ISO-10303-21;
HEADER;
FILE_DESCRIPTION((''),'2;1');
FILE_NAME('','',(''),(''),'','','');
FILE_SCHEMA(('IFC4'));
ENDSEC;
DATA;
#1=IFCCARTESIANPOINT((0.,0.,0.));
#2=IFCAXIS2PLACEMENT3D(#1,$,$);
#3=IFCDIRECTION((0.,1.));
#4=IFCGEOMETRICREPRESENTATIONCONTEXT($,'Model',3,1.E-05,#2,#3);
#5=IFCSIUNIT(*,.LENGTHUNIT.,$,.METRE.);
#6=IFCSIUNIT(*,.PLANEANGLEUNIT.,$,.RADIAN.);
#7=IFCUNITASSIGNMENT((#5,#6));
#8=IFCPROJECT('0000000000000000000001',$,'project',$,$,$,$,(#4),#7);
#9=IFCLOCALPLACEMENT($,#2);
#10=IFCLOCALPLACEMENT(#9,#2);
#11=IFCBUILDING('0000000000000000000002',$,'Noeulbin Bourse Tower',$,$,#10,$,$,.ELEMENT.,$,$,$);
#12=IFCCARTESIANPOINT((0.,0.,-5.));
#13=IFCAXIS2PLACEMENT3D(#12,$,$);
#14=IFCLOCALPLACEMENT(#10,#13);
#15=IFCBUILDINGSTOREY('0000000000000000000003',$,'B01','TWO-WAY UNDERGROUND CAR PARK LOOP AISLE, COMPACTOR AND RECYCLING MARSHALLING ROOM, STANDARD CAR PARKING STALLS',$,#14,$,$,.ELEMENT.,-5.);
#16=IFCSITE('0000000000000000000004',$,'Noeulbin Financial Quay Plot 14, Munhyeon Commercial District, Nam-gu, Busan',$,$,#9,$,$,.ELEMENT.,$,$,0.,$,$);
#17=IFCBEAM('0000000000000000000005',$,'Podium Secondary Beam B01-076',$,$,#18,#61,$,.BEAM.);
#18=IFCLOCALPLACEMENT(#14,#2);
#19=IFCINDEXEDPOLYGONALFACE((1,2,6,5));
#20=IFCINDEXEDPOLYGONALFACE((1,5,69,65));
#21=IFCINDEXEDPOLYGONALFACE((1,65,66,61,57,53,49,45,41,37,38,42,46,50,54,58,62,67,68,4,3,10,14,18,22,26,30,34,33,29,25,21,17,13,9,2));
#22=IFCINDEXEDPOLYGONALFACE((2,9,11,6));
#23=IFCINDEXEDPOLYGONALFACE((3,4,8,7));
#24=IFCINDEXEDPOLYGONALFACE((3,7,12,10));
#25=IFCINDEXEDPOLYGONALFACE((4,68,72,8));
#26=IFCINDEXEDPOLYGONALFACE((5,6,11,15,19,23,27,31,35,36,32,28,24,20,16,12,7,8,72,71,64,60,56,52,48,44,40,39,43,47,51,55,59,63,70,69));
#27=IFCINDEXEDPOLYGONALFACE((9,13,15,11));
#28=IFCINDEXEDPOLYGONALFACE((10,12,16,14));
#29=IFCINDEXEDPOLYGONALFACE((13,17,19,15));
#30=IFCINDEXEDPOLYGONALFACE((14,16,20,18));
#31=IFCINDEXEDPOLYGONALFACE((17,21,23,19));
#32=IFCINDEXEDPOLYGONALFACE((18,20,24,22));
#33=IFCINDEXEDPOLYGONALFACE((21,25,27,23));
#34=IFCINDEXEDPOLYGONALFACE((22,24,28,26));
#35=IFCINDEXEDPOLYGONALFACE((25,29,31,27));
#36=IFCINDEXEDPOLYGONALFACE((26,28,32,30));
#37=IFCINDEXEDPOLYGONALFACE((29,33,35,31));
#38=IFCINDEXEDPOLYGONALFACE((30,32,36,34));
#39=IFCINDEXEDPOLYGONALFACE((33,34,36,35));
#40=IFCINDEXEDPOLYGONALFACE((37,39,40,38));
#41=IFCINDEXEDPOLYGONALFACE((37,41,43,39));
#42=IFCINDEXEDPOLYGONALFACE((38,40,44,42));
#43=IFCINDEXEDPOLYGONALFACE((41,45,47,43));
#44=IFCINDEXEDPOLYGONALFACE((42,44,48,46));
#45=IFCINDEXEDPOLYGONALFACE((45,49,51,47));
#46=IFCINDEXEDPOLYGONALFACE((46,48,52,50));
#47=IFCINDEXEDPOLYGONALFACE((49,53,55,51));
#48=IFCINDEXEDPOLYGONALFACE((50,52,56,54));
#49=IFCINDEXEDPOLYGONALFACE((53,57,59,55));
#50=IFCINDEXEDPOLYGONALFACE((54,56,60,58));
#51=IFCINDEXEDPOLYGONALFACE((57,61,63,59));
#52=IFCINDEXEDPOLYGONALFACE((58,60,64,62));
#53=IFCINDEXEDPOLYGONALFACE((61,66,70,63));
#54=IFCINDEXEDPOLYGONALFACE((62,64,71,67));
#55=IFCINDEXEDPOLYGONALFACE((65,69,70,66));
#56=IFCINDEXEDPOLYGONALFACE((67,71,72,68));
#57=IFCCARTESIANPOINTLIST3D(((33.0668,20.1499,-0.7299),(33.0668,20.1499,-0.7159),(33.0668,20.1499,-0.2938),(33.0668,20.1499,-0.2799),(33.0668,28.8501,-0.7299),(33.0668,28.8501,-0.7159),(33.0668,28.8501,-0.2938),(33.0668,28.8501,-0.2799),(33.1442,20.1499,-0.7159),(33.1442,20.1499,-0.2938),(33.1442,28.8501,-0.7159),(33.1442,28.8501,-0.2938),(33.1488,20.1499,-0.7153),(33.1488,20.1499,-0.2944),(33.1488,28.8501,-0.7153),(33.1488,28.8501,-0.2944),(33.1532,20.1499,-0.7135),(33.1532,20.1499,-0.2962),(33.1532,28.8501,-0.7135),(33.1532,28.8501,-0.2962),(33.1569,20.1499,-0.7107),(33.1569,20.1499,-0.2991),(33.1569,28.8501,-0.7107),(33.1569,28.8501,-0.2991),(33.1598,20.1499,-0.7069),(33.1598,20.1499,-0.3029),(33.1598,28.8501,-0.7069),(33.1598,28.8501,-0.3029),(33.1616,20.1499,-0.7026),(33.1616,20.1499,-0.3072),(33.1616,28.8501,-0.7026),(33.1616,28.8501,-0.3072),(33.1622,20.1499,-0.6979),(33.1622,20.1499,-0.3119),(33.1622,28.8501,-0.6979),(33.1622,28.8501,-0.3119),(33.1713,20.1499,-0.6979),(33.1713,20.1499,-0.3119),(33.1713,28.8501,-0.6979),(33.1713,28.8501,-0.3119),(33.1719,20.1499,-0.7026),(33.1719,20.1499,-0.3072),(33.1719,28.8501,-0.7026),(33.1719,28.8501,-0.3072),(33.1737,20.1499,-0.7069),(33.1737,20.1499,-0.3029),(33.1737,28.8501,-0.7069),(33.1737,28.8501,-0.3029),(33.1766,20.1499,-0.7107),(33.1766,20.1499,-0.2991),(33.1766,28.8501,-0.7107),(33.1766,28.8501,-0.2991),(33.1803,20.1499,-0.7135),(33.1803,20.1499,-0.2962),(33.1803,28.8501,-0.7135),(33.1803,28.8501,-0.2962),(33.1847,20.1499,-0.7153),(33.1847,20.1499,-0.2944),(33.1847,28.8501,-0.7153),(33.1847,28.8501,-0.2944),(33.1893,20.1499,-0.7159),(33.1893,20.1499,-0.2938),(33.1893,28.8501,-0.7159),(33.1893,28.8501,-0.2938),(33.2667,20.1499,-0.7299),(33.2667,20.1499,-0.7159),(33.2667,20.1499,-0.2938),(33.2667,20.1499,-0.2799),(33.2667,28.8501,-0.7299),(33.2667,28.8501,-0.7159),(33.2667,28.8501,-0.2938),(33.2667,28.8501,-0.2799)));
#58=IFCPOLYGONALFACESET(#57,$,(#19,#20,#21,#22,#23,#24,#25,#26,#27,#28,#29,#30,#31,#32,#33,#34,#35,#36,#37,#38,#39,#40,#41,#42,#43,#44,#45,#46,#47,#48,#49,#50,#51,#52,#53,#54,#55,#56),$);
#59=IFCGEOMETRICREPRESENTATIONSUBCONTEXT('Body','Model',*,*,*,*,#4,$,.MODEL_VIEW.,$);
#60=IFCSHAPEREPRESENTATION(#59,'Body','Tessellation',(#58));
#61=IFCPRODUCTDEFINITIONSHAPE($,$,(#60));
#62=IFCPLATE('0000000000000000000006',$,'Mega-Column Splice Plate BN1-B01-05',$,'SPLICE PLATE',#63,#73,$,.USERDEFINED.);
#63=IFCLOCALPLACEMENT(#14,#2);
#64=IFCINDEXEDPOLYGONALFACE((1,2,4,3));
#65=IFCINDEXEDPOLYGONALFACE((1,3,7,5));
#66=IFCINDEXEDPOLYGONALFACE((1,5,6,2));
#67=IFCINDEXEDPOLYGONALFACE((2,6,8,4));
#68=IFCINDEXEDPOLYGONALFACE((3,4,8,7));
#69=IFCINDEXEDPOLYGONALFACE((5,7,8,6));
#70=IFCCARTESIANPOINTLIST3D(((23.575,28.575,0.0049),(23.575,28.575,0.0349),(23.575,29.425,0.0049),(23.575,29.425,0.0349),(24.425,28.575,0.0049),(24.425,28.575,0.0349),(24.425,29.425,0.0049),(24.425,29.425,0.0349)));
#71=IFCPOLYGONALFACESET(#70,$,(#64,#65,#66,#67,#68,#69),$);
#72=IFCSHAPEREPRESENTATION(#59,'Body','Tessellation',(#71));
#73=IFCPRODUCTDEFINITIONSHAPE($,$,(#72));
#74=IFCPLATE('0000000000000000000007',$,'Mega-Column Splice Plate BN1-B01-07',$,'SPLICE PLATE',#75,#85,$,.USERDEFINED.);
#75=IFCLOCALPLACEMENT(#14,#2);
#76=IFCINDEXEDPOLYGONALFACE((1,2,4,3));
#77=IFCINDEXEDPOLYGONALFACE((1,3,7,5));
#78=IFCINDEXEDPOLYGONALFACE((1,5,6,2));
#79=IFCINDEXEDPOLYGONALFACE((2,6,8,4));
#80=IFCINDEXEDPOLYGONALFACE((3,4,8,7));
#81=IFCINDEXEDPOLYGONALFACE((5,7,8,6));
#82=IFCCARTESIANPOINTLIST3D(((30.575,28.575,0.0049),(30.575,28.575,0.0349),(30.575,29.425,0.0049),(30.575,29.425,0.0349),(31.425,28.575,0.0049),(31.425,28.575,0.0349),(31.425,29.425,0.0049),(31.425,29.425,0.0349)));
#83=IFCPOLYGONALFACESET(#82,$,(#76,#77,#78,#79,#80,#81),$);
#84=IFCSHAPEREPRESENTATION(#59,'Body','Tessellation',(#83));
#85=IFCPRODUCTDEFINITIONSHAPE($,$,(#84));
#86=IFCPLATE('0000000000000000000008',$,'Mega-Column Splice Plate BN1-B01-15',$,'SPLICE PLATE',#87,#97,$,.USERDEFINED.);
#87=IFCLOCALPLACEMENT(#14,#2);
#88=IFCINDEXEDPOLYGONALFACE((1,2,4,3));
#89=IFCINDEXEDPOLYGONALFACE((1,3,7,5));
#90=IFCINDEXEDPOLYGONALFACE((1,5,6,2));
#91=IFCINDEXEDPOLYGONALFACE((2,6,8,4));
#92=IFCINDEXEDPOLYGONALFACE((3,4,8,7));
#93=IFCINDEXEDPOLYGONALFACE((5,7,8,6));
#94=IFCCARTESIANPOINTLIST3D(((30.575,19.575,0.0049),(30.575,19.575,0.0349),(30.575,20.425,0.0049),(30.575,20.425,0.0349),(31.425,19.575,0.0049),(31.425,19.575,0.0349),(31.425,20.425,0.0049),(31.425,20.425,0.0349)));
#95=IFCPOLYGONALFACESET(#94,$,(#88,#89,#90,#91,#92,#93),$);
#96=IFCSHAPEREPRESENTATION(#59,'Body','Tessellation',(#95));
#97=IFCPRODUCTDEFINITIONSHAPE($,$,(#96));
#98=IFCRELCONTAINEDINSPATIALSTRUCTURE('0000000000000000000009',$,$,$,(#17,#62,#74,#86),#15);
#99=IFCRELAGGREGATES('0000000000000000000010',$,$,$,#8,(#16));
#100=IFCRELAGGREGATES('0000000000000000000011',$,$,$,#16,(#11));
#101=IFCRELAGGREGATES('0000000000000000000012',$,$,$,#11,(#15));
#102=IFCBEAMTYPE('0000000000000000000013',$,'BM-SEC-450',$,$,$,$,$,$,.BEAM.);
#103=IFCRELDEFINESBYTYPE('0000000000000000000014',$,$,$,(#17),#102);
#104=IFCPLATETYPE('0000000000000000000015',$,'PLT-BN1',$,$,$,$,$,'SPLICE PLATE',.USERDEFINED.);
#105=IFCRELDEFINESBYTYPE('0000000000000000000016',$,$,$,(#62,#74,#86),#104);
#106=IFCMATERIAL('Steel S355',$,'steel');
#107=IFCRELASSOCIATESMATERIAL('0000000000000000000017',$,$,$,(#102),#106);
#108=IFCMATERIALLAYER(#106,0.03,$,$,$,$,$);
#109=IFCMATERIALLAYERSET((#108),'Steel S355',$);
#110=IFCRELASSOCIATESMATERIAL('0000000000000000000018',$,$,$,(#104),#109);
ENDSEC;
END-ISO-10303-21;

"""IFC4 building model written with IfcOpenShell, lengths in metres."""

from ifc_helpers import new_model, si_unit, direction, frame, origin, origin_2d, place, context, subcontext, project, spatial, rectangle, i_section, extrude, material, layer, layer_set, material_profile, profile_set, type_object, element, save


model = new_model("IFC4")

# Units and contexts
model_context = context("Model", 3, precision=1e-05, world=origin(), true_north=direction((0.0, 1.0)))
body_context = subcontext(model_context, "Body", "Model", "MODEL_VIEW")
ifc_project = project(units=[si_unit("LENGTHUNIT", "METRE"), si_unit("PLANEANGLEUNIT", "RADIAN")], contexts=[model_context])

# Site, building, storey
site_placement = place(None, origin())
site = spatial("IfcSite", under=ifc_project, at=site_placement, Name="Noeulbin Financial Quay Plot 14, Munhyeon Commercial District, Nam-gu, Busan", CompositionType="ELEMENT", RefElevation=0.0)
building_placement = place(site_placement, origin())
building = spatial("IfcBuilding", under=site, at=building_placement, Name="Noeulbin Bourse Tower", CompositionType="ELEMENT")
storey_placement = place(building_placement, frame((0.0, 0.0, -5.0)))
storey = spatial("IfcBuildingStorey", under=building, at=storey_placement, Name="B01", Description="TWO-WAY UNDERGROUND CAR PARK LOOP AISLE, COMPACTOR AND RECYCLING MARSHALLING ROOM, STANDARD CAR PARKING STALLS", CompositionType="ELEMENT", Elevation=-5.0)

# Beam
ifc_material_1 = material(Name="Steel S355", Category="steel")
ifc_material_profile_1 = material_profile(ifc_material_1, i_section(OverallWidth=0.2, OverallDepth=0.45, WebThickness=0.009, FlangeThickness=0.0139, FilletRadius=0.0181, at=origin_2d()), Name="H-450x200x9x14", Category="LoadBearing")
ifc_profile_set_1 = profile_set([ifc_material_profile_1], Name="Steel S355")
beam_type_1 = type_object("IfcBeamType", Name="BM-SEC-450", PredefinedType="BEAM", material=ifc_profile_set_1)
beam_1_placement = place(storey_placement, frame((33.1667, 20.1499, -0.5049), z_axis=(0.0, 1.0, 0.0), x_axis=(-1.0, 0.0, 0.0)))
element("IfcBeam", 1, at=beam_1_placement, inside=storey, type_object=beam_type_1, Name="Podium Secondary Beam B01-076", PredefinedType="BEAM", context=body_context, shape_type="SweptSolid", body=[
    extrude(i_section(OverallWidth=0.2, OverallDepth=0.45, WebThickness=0.009, FlangeThickness=0.0139, FilletRadius=0.0181, at=origin_2d()), origin(), (0.0, 0.0, 1.0), 8.7002),
])

# Plates
ifc_layer = layer(ifc_material_1, 0.03)
ifc_layer_set = layer_set([ifc_layer], Name="Steel S355")
plate_type = type_object("IfcPlateType", Name="PLT-BN1", ElementType="SPLICE PLATE", PredefinedType="USERDEFINED", material=ifc_layer_set)
for number, where, z_axis, x_axis, name in (
    (2, (24.0, 29.0, 0.0049), (0.0, 0.0, 1.0), (1.0, 0.0, 0.0), "Mega-Column Splice Plate BN1-B01-05"),
    (3, (31.0, 29.0, 0.0049), (0.0, 0.0, 1.0), (1.0, 0.0, 0.0), "Mega-Column Splice Plate BN1-B01-07"),
    (4, (31.0, 20.0, 0.0049), (0.0, 0.0, 1.0), (1.0, 0.0, 0.0), "Mega-Column Splice Plate BN1-B01-15"),
):
    element("IfcPlate", number, at=place(storey_placement, frame(where, z_axis=z_axis, x_axis=x_axis)), inside=storey, type_object=plate_type, Name=name, ObjectType="SPLICE PLATE", PredefinedType="USERDEFINED", context=body_context, shape_type="SweptSolid", body=[
        extrude(rectangle(XDim=0.8501, YDim=0.8501, at=origin_2d()), origin(), (0.0, 0.0, 1.0), 0.03),
    ])

save(model, "model.ifc")
